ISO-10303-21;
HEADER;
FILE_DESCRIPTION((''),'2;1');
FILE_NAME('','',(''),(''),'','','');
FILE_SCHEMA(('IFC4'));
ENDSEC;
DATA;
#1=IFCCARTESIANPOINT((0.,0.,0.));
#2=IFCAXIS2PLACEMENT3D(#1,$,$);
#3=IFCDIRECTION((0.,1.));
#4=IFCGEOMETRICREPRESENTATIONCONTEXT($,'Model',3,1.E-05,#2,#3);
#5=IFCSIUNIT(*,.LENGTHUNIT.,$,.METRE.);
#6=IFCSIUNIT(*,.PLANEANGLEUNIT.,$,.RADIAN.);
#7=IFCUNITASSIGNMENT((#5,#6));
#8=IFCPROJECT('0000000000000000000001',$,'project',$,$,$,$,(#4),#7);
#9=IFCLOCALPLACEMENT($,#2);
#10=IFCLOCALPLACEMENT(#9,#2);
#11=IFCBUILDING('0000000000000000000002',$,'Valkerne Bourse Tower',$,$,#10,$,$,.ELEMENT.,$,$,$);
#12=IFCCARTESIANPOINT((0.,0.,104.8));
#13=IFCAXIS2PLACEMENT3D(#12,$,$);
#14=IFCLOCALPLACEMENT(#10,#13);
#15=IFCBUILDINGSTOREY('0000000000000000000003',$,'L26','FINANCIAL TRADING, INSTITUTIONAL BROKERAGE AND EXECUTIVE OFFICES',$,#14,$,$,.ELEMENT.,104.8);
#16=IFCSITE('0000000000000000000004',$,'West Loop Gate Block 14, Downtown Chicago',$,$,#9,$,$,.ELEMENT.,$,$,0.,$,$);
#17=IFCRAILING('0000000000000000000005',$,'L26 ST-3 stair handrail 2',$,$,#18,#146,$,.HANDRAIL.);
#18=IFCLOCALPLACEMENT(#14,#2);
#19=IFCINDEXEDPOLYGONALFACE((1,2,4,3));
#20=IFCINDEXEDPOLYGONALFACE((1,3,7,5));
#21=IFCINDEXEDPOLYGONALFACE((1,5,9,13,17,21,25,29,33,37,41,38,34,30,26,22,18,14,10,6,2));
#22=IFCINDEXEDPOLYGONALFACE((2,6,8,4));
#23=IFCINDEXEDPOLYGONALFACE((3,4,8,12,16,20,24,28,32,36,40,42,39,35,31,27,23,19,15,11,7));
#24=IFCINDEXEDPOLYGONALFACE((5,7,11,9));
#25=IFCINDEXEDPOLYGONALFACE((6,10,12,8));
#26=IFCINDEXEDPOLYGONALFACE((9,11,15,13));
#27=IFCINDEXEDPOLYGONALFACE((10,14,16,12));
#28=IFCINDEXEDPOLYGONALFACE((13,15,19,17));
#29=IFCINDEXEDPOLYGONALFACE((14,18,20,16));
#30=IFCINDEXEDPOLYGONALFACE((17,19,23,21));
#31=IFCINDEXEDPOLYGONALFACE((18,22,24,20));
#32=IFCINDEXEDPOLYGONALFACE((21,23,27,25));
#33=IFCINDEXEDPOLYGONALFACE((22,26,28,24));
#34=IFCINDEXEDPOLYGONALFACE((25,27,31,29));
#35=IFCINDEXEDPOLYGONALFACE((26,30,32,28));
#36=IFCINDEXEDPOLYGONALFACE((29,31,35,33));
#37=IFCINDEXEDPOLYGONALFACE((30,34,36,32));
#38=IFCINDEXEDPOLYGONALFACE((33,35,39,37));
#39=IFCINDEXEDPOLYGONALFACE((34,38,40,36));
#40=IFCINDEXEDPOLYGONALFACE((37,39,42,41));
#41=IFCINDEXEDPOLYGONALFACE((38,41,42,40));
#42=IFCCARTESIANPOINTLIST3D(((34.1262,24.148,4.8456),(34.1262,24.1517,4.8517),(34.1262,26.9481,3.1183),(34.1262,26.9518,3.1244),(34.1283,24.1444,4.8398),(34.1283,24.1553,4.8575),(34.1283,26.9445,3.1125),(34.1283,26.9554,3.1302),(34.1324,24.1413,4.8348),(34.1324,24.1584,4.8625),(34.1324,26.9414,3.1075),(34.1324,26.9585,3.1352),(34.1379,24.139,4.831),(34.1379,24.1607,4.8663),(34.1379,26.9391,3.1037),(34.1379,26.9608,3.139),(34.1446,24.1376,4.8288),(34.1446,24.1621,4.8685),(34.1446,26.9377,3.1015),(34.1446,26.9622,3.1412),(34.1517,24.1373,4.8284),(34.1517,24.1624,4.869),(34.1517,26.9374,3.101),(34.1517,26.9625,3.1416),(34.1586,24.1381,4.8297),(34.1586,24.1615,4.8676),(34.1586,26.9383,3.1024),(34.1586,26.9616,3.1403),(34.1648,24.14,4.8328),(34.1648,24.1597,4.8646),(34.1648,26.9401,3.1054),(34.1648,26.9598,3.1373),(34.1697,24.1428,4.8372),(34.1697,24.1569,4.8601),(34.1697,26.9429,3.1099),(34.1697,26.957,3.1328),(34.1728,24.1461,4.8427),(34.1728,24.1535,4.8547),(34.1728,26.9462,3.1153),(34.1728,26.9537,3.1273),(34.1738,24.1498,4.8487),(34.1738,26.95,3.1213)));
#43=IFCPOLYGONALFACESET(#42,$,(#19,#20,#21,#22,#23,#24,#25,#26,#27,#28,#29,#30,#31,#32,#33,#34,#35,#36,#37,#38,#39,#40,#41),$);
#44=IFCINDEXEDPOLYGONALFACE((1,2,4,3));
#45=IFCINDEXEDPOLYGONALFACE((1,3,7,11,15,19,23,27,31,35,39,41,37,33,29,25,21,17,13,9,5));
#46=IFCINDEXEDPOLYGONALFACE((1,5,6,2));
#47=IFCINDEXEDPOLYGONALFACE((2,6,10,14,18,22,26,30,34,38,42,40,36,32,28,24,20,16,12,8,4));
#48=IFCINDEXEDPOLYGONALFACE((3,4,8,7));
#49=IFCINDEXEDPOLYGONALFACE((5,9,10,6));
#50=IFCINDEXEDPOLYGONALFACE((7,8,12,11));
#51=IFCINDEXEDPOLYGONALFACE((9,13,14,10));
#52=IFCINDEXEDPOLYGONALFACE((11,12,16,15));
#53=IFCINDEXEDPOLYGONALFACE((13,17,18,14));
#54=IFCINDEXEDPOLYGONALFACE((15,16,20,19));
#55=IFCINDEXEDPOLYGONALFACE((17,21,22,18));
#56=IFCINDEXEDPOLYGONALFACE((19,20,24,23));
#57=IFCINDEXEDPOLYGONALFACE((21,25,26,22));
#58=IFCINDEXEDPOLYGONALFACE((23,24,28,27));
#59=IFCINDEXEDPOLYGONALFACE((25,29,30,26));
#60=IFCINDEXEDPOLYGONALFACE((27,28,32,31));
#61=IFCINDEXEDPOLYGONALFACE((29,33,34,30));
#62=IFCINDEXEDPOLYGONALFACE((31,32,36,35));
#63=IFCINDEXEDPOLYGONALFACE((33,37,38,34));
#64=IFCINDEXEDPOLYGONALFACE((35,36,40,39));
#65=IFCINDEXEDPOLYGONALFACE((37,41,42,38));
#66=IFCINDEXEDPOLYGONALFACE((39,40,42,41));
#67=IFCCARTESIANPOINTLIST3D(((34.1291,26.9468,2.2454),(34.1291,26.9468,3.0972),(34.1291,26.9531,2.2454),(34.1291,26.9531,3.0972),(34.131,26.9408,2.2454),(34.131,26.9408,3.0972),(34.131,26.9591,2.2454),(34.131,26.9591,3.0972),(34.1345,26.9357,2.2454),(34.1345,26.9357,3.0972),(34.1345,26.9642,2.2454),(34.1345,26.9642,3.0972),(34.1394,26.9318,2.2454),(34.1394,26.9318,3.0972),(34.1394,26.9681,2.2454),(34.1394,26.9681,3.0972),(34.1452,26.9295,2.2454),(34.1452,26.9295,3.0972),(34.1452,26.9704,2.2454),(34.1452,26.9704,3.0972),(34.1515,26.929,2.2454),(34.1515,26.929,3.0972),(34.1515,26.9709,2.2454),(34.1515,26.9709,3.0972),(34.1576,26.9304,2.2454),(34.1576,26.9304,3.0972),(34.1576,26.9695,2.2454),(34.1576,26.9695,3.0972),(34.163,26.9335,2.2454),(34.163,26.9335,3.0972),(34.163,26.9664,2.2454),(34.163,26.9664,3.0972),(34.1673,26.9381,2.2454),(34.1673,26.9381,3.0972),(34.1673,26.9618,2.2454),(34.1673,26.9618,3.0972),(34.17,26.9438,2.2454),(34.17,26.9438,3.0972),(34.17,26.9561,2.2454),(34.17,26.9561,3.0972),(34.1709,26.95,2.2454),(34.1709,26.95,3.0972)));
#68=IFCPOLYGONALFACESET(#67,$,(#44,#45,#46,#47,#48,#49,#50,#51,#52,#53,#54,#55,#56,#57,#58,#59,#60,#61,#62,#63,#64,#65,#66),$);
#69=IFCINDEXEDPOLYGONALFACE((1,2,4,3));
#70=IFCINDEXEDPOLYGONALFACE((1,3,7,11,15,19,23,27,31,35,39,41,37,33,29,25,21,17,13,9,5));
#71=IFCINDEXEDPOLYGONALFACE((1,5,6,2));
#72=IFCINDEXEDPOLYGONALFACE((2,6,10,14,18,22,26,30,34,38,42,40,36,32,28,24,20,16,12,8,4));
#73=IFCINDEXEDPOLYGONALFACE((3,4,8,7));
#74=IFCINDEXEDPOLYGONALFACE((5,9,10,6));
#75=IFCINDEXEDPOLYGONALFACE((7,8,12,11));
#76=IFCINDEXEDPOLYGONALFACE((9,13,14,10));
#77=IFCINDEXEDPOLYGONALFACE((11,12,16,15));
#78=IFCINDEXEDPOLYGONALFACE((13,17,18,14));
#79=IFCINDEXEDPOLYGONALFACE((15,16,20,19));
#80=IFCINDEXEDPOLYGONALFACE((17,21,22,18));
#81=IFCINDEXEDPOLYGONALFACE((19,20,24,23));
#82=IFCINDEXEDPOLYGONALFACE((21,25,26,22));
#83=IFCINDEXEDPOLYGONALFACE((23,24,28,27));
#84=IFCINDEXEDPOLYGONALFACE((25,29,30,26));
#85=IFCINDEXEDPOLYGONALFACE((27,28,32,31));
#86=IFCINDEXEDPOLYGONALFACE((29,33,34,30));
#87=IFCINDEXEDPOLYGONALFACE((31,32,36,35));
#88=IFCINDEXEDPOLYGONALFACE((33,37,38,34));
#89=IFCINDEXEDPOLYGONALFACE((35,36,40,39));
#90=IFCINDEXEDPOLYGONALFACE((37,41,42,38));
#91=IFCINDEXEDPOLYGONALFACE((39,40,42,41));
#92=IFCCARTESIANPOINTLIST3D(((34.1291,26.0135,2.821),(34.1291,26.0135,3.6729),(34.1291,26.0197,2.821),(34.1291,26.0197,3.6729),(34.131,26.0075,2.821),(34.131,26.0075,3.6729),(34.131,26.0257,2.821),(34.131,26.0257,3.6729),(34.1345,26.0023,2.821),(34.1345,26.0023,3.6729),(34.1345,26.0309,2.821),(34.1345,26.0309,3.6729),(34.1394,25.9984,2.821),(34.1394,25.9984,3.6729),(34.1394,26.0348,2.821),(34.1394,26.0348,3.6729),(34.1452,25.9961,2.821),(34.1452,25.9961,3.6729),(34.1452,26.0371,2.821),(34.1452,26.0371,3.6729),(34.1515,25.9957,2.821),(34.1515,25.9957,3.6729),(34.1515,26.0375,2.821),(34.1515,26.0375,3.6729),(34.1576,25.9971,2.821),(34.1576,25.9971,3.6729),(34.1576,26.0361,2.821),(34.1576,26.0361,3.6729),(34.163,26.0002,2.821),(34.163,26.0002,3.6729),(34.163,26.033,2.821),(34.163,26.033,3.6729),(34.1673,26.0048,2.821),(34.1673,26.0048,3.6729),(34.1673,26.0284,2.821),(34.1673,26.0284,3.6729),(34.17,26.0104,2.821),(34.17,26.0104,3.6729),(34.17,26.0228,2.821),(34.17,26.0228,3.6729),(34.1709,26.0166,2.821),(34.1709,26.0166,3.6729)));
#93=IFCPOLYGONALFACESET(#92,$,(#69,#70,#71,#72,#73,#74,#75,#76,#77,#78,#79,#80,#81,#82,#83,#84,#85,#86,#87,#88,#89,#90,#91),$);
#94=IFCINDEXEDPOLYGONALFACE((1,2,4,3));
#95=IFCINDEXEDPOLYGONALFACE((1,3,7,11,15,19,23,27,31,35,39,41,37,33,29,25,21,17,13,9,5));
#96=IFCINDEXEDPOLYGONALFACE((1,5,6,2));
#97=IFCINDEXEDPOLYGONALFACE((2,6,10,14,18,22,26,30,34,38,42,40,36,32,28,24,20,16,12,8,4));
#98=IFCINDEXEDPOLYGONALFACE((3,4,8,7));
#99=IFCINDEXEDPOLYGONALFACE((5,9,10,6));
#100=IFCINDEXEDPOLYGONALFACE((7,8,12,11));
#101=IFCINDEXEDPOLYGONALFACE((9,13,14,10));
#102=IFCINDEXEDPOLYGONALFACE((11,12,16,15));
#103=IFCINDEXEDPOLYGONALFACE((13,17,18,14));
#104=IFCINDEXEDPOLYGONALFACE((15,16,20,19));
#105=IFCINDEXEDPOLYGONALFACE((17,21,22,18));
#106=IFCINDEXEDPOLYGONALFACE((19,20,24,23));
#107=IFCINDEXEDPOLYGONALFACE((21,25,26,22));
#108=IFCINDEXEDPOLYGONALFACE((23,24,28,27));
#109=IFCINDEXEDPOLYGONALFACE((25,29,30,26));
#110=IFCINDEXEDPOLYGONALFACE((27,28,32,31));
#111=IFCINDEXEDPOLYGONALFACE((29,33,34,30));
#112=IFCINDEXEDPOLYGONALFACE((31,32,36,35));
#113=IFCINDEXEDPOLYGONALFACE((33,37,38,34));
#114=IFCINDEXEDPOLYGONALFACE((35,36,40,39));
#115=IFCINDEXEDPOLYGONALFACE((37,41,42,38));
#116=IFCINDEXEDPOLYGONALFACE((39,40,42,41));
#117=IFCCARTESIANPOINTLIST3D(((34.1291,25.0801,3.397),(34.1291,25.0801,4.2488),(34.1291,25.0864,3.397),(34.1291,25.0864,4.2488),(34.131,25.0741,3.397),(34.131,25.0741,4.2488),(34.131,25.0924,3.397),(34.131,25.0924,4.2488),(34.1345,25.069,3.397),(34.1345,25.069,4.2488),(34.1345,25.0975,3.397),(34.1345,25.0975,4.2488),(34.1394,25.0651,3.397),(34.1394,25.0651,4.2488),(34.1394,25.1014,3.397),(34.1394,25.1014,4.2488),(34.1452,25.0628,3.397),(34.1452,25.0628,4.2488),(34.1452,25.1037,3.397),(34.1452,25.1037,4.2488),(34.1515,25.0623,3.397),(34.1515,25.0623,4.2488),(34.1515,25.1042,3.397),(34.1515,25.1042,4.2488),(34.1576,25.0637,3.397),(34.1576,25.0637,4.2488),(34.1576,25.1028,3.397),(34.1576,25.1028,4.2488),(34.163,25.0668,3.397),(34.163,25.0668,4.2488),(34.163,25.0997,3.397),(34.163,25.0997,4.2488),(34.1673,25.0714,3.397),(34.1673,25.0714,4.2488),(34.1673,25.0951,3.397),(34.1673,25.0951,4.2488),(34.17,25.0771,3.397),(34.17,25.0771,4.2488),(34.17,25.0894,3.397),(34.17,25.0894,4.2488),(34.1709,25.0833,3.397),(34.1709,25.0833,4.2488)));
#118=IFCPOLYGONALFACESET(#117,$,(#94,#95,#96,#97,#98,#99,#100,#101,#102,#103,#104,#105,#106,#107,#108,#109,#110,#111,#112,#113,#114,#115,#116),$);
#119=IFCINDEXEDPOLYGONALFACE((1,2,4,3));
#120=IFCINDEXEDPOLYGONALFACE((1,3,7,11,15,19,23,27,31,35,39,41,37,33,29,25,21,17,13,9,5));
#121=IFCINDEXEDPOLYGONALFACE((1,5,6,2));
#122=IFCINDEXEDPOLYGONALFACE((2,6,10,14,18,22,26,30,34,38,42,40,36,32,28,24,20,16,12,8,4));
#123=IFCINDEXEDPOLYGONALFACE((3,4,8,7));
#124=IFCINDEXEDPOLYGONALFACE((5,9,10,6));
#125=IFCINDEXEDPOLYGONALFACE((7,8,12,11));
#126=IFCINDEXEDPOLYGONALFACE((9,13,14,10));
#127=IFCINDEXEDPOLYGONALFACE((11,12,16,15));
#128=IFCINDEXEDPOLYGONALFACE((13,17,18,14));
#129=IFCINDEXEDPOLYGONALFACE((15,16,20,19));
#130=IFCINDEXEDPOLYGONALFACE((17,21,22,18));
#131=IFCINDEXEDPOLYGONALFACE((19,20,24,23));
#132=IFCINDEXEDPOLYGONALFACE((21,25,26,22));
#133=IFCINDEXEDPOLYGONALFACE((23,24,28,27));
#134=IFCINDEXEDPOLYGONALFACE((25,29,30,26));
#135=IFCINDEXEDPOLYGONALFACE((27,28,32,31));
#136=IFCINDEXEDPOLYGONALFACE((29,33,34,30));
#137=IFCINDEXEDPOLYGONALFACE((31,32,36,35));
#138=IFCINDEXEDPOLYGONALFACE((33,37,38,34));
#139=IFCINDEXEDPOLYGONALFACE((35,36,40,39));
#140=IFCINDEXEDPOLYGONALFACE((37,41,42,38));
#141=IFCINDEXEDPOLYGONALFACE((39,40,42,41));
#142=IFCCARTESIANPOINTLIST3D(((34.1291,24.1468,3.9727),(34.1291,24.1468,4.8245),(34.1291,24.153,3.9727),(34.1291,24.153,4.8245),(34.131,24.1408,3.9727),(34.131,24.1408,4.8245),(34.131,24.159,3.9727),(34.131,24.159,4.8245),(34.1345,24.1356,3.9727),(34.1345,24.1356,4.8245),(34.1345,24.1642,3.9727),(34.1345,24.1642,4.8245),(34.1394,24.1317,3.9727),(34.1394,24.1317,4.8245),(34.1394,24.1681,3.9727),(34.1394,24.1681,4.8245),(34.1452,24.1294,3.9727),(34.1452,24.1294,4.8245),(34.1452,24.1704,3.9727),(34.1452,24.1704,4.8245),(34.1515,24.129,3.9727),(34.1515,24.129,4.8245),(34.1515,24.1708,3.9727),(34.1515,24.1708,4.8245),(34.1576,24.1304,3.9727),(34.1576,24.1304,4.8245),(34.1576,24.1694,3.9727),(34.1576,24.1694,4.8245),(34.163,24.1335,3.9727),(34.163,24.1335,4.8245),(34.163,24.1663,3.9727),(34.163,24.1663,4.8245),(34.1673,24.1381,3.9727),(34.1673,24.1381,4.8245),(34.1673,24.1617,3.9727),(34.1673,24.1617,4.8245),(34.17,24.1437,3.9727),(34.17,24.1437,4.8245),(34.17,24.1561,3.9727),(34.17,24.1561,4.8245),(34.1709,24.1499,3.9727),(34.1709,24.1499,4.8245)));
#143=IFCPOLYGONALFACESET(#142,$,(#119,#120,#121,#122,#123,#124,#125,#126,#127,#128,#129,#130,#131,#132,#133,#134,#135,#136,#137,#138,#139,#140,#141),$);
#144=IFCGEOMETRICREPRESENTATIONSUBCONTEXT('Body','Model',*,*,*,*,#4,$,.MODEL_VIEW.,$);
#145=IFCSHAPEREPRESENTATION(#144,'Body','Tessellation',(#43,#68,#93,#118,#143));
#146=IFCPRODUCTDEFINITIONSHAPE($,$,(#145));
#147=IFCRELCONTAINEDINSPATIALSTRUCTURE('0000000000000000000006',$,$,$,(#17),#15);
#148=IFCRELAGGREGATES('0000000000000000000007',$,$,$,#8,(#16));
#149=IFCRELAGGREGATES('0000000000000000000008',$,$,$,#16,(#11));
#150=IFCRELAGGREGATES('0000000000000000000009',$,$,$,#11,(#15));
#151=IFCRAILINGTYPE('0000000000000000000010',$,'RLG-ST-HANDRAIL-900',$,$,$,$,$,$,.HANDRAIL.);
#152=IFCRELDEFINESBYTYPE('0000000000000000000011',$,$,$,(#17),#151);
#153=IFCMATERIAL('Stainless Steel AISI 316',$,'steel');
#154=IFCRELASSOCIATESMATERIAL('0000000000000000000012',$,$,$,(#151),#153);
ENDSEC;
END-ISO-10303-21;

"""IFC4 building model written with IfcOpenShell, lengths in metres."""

from ifc_helpers import new_model, si_unit, direction, frame, origin, origin_2d, place, context, subcontext, project, spatial, circle, extrude, material, type_object, element, save


model = new_model("IFC4")

# Units and contexts
model_context = context("Model", 3, precision=1e-05, world=origin(), true_north=direction((0.0, 1.0)))
body_context = subcontext(model_context, "Body", "Model", "MODEL_VIEW")
ifc_project = project(units=[si_unit("LENGTHUNIT", "METRE"), si_unit("PLANEANGLEUNIT", "RADIAN")], contexts=[model_context])

# Site, building, storey
site_placement = place(None, origin())
site = spatial("IfcSite", under=ifc_project, at=site_placement, Name="West Loop Gate Block 14, Downtown Chicago", CompositionType="ELEMENT", RefElevation=0.0)
building_placement = place(site_placement, origin())
building = spatial("IfcBuilding", under=site, at=building_placement, Name="Valkerne Bourse Tower", CompositionType="ELEMENT")
storey_placement = place(building_placement, frame((0.0, 0.0, 104.8)))
storey = spatial("IfcBuildingStorey", under=building, at=storey_placement, Name="L26", Description="FINANCIAL TRADING, INSTITUTIONAL BROKERAGE AND EXECUTIVE OFFICES", CompositionType="ELEMENT", Elevation=104.8)

# Railing
ifc_material_1 = material(Name="Stainless Steel AISI 316", Category="steel")
railing_type_1 = type_object("IfcRailingType", Name="RLG-ST-HANDRAIL-900", PredefinedType="HANDRAIL", material=ifc_material_1)
railing_1_placement = place(storey_placement, frame((34.1499, 26.95, 2.2454)))
element("IfcRailing", 1, at=railing_1_placement, inside=storey, type_object=railing_type_1, Name="L26 ST-3 stair handrail 2", PredefinedType="HANDRAIL", context=body_context, shape_type="SweptSolid", body=[
    extrude(circle(Radius=0.0239, at=origin_2d()), frame((0.0, 0.0, 0.876), z_axis=(0.0, -0.85109, 0.52502), x_axis=(1.0, 0.0, 0.0)), (0.0, 0.0, 1.0), 3.29),
    extrude(circle(Radius=0.021, at=origin_2d()), origin(), (0.0, 0.0, 1.0), 0.8518),
    extrude(circle(Radius=0.021, at=origin_2d()), frame((0.0, -0.9333, 0.5757)), (0.0, 0.0, 1.0), 0.8518),
    extrude(circle(Radius=0.021, at=origin_2d()), frame((0.0, -1.8667, 1.1516)), (0.0, 0.0, 1.0), 0.8518),
    extrude(circle(Radius=0.021, at=origin_2d()), frame((0.0, -2.8, 1.7273)), (0.0, 0.0, 1.0), 0.8518),
])

save(model, "model.ifc")
